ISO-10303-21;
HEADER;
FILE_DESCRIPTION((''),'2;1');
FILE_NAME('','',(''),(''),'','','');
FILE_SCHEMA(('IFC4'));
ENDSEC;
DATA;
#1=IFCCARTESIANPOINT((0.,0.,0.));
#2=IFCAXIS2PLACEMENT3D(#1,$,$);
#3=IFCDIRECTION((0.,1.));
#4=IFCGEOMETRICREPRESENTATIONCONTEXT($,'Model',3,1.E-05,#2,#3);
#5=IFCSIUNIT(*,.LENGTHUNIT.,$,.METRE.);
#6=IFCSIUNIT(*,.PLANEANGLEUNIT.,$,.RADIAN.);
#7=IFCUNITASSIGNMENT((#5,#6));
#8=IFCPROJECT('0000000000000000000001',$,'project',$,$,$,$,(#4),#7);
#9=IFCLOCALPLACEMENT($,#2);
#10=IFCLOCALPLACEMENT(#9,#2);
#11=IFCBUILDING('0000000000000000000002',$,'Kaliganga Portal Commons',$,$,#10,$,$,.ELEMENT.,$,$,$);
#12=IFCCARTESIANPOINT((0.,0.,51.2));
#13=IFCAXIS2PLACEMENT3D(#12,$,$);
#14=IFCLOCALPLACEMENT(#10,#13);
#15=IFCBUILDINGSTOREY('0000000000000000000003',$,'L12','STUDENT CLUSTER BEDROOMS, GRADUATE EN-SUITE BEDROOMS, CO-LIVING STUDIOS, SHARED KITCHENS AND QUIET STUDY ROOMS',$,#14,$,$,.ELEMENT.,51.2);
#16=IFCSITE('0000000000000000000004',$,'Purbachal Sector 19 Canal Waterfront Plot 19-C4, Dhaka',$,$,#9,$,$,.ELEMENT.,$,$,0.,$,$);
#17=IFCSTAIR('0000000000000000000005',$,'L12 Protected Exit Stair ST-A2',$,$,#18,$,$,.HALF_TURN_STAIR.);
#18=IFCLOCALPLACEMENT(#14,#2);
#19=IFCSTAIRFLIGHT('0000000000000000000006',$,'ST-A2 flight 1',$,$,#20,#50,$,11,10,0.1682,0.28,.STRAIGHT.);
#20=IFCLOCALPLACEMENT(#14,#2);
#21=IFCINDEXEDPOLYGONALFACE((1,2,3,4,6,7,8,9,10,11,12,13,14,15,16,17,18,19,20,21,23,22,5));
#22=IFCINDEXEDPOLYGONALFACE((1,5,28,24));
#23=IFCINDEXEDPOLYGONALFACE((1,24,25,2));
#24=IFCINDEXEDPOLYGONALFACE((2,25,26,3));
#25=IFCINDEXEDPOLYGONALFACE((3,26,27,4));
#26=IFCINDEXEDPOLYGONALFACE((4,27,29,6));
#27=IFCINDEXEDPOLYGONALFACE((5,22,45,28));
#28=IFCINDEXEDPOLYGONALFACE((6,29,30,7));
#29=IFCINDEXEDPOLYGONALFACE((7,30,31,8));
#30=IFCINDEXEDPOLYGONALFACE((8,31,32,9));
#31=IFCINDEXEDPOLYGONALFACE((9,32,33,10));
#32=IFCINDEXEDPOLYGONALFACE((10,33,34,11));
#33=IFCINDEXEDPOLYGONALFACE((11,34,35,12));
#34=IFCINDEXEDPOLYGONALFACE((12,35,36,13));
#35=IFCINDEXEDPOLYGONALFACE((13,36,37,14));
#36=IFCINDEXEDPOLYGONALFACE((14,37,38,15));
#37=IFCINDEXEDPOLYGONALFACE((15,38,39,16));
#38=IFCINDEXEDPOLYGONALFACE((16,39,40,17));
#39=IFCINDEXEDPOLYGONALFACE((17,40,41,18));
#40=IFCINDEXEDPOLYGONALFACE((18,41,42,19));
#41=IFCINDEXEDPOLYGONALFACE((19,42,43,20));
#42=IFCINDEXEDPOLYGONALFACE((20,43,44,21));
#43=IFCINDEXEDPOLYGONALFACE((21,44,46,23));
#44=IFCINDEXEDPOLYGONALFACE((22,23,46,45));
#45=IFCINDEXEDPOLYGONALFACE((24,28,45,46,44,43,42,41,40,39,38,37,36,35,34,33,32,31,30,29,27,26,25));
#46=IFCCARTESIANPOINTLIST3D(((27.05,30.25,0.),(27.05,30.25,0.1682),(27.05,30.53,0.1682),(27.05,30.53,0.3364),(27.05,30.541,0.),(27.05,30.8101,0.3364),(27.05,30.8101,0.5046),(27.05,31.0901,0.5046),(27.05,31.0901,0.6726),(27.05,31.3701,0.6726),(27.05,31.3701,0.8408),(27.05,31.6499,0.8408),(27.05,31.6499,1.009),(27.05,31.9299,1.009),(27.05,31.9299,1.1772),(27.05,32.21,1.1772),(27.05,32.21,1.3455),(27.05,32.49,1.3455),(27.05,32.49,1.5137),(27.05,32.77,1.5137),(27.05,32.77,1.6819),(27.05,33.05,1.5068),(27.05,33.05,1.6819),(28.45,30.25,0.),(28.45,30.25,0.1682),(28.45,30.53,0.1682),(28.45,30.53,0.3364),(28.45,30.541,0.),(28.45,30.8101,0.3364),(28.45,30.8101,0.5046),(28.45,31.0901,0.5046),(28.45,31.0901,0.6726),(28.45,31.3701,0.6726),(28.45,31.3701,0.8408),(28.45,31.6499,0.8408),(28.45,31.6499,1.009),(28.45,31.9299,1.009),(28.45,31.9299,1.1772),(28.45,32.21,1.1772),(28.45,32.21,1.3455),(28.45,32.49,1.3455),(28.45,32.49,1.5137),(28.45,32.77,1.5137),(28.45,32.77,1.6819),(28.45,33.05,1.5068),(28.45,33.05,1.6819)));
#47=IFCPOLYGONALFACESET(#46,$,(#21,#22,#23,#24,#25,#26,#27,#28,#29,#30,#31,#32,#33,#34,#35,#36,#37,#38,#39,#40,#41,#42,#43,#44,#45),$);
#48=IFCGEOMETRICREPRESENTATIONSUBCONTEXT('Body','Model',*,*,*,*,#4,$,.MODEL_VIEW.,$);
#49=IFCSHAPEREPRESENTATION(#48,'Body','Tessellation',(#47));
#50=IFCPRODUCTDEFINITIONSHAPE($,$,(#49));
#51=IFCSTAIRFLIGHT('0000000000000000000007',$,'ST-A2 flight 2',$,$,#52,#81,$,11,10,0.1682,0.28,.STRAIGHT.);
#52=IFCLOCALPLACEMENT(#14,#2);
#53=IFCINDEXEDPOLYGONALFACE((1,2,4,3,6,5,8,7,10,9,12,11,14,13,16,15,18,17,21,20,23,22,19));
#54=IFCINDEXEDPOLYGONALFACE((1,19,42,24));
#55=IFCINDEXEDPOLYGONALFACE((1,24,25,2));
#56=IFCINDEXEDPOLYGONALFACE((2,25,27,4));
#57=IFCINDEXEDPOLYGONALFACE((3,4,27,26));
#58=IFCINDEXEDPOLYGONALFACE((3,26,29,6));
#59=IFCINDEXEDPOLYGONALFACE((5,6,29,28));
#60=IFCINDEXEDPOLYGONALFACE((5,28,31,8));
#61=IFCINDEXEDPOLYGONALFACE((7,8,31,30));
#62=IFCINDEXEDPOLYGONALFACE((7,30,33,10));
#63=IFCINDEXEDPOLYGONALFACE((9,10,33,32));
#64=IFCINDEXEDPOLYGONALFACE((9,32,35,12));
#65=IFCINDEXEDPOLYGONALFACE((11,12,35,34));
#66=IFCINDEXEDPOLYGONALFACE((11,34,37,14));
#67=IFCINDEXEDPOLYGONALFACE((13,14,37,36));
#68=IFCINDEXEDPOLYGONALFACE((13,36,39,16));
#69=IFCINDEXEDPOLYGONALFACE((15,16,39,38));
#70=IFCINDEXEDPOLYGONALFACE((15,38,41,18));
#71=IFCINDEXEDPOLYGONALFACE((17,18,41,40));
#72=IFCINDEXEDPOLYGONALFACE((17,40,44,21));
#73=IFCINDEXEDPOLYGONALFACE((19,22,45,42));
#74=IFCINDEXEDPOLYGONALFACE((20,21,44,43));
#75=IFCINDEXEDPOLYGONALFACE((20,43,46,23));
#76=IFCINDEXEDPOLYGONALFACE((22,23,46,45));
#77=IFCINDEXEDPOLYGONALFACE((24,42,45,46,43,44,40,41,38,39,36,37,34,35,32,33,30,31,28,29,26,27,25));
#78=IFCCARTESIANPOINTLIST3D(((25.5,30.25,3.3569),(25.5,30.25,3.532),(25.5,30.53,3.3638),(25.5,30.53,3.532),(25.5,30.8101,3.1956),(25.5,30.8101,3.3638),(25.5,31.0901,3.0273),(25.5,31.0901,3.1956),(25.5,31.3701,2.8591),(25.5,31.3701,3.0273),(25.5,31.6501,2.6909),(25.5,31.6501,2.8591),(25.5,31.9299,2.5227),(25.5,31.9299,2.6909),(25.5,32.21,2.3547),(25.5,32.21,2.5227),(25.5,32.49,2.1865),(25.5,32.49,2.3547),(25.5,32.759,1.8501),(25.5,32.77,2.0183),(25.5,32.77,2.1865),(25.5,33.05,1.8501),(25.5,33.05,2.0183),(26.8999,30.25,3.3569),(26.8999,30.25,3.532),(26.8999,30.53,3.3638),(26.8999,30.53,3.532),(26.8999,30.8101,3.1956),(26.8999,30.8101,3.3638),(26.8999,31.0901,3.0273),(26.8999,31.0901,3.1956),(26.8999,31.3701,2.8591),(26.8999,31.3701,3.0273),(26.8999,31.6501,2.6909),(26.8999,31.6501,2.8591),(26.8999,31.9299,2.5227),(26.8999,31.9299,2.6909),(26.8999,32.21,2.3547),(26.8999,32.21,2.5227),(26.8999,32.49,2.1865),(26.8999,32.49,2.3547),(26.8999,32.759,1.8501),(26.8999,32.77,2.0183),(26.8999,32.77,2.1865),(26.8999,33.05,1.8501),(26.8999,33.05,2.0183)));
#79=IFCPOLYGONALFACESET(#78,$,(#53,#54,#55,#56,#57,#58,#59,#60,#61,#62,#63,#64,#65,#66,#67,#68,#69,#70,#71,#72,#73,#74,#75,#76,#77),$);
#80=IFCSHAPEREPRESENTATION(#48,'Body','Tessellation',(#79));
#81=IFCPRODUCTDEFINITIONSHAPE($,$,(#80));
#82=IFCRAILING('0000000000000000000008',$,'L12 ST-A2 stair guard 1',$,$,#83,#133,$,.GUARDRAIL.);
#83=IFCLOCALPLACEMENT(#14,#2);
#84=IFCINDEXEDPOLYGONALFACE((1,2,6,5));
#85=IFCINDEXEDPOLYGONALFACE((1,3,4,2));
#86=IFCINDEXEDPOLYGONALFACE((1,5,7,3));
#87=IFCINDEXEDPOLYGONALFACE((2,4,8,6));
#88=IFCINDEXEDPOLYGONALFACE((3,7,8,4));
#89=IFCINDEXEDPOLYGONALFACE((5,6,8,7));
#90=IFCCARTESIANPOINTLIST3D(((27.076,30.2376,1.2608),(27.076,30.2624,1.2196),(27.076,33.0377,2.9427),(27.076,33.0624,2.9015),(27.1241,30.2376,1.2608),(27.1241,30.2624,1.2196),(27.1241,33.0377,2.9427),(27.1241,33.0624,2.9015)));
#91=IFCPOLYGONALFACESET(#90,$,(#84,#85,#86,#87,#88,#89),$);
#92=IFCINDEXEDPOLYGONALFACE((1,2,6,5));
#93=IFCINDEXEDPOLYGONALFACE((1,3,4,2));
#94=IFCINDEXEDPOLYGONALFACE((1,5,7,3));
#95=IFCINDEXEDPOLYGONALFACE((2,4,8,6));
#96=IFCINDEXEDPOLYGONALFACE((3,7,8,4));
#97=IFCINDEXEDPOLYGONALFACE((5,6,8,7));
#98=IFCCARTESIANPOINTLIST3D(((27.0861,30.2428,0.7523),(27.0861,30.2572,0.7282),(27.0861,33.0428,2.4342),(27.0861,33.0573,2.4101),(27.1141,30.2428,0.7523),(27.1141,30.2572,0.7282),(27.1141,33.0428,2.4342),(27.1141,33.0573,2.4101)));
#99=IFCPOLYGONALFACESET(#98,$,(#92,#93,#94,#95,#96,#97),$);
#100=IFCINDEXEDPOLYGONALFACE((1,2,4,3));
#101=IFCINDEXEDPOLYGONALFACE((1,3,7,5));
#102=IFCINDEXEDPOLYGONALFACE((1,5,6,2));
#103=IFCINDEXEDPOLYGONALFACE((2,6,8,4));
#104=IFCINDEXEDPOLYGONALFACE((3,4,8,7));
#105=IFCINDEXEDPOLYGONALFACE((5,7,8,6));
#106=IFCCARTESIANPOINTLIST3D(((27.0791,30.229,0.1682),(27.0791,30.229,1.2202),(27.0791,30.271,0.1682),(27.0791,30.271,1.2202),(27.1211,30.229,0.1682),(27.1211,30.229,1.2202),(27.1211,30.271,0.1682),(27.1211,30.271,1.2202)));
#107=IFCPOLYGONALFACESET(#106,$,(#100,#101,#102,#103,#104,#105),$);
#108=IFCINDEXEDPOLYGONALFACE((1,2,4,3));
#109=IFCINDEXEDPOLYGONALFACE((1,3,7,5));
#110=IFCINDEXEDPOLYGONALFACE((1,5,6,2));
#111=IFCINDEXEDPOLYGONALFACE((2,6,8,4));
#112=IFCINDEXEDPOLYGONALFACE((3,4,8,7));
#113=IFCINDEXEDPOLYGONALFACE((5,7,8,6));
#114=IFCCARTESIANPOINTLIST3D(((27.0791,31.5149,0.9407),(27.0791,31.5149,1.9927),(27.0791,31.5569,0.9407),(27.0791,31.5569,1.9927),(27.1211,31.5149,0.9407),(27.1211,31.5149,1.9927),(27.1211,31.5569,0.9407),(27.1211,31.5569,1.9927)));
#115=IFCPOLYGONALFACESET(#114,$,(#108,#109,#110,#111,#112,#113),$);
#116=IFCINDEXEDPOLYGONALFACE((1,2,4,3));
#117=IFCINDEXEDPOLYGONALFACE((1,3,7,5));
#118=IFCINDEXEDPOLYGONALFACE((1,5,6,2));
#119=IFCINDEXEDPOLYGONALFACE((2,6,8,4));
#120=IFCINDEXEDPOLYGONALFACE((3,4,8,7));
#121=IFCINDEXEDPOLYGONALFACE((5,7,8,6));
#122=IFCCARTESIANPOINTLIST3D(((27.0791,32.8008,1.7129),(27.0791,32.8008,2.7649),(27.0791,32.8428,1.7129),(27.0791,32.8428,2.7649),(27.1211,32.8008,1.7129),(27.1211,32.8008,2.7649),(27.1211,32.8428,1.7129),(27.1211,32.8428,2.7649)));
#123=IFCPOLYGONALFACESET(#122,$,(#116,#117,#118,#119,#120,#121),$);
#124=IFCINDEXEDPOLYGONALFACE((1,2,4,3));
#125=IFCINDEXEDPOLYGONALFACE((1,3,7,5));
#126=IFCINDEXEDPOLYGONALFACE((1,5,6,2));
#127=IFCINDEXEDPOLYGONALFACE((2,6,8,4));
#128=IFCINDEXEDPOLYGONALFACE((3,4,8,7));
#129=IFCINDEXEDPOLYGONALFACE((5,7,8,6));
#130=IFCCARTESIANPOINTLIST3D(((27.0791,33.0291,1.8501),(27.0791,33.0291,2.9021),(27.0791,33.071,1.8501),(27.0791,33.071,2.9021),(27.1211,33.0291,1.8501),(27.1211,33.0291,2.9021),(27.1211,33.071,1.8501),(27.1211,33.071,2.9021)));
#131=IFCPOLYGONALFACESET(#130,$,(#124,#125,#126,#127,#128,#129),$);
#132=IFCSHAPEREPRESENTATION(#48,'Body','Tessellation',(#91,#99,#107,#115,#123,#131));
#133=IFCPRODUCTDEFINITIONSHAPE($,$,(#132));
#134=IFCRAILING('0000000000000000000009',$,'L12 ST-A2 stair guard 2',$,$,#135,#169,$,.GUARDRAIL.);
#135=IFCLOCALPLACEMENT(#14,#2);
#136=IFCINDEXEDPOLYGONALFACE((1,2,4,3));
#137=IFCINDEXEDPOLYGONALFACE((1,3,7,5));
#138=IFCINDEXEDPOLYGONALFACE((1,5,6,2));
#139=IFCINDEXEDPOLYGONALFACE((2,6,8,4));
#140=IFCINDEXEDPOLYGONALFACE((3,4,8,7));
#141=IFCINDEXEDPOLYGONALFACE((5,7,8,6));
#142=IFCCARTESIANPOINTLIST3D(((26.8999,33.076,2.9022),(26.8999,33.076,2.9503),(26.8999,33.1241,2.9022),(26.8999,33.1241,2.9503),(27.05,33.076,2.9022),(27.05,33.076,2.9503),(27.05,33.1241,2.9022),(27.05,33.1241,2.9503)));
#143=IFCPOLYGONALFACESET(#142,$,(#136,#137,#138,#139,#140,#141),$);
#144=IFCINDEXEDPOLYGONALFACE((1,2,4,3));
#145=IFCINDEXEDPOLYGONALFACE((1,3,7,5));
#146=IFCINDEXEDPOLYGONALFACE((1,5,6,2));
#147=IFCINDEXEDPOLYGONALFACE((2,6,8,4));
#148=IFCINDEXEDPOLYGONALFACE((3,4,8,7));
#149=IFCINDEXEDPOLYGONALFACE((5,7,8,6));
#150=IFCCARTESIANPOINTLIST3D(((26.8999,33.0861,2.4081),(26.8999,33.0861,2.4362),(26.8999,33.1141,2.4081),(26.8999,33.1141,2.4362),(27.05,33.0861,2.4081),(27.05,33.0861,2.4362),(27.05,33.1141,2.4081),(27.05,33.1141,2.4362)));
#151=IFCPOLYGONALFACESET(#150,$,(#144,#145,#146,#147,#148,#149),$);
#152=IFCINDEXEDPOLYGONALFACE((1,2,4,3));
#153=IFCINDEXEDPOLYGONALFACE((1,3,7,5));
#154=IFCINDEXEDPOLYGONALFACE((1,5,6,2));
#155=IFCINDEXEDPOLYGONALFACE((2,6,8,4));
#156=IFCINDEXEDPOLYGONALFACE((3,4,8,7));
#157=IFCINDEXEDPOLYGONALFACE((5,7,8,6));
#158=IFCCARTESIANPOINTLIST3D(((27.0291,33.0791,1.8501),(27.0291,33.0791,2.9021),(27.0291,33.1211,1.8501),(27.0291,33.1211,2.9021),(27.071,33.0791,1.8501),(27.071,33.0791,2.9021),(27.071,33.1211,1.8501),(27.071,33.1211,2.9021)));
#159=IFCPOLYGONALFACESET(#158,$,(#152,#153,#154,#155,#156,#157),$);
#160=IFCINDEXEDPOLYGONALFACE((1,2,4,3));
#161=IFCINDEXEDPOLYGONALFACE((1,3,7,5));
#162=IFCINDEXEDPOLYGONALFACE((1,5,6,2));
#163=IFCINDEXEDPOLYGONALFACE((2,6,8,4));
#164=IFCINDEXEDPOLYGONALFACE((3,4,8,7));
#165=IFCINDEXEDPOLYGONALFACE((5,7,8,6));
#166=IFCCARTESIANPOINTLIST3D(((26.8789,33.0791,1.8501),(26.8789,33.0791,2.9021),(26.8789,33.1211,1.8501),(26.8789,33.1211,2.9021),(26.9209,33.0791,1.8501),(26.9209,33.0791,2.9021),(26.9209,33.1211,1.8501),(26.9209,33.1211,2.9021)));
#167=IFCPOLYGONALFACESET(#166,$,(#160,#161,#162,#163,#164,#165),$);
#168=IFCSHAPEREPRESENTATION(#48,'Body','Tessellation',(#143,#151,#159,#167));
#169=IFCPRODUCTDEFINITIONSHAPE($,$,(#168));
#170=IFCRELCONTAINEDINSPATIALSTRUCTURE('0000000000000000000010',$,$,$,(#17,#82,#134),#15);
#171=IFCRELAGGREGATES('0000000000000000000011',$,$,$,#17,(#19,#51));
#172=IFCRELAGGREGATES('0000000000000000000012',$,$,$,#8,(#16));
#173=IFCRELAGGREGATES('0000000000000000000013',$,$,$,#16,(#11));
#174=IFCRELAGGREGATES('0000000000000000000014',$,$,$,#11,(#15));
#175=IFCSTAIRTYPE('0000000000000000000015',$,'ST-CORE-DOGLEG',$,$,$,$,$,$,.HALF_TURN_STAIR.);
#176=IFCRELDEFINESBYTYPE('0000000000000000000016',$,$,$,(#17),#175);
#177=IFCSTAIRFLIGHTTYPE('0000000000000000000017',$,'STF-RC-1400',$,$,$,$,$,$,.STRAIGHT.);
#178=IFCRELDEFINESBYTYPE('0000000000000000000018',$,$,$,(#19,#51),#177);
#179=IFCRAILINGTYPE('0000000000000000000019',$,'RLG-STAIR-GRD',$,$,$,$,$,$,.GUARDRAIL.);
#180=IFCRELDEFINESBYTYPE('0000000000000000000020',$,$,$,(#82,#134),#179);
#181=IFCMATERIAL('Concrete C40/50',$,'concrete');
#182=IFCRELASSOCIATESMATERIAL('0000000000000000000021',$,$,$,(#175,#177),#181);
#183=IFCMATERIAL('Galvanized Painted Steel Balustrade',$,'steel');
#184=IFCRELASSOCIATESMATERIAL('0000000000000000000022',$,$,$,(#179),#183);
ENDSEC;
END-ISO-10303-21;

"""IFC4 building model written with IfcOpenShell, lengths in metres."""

from ifc_helpers import new_model, si_unit, direction, frame, origin, origin_2d, place, context, subcontext, project, spatial, polyline, rectangle, outline, extrude, material, type_object, element, aggregate, save


model = new_model("IFC4")

# Units and contexts
model_context = context("Model", 3, precision=1e-05, world=origin(), true_north=direction((0.0, 1.0)))
body_context = subcontext(model_context, "Body", "Model", "MODEL_VIEW")
ifc_project = project(units=[si_unit("LENGTHUNIT", "METRE"), si_unit("PLANEANGLEUNIT", "RADIAN")], contexts=[model_context])

# Site, building, storey
site_placement = place(None, origin())
site = spatial("IfcSite", under=ifc_project, at=site_placement, Name="Purbachal Sector 19 Canal Waterfront Plot 19-C4, Dhaka", CompositionType="ELEMENT", RefElevation=0.0)
building_placement = place(site_placement, origin())
building = spatial("IfcBuilding", under=site, at=building_placement, Name="Kaliganga Portal Commons", CompositionType="ELEMENT")
storey_placement = place(building_placement, frame((0.0, 0.0, 51.2)))
storey = spatial("IfcBuildingStorey", under=building, at=storey_placement, Name="L12", Description="STUDENT CLUSTER BEDROOMS, GRADUATE EN-SUITE BEDROOMS, CO-LIVING STUDIOS, SHARED KITCHENS AND QUIET STUDY ROOMS", CompositionType="ELEMENT", Elevation=51.2)

# Stair, stair flights
ifc_material_1 = material(Name="Concrete C40/50", Category="concrete")
stair_type = type_object("IfcStairType", Name="ST-CORE-DOGLEG", PredefinedType="HALF_TURN_STAIR", material=ifc_material_1)
stair_placement = place(storey_placement, origin())
stair = element("IfcStair", 1, at=stair_placement, inside=storey, type_object=stair_type, Name="L12 Protected Exit Stair ST-A2", PredefinedType="HALF_TURN_STAIR")
stair_flight_type = type_object("IfcStairFlightType", Name="STF-RC-1400", PredefinedType="STRAIGHT", material=ifc_material_1)
stair_flight_1_placement = place(storey_placement, frame((27.75, 30.25, 0.0), z_axis=(0.0, 0.0, 1.0), x_axis=(0.0, 1.0, 0.0)))
stair_flight_1 = element("IfcStairFlight", 2, at=stair_flight_1_placement, type_object=stair_flight_type, Name="ST-A2 flight 1", NumberOfRisers=11, NumberOfTreads=10, PredefinedType="STRAIGHT", RiserHeight=0.1682, TreadLength=0.28, context=body_context, shape_type="SweptSolid", body=[
    extrude(outline(polyline([(0.0, 0.0), (0.0, 0.1682), (0.28, 0.1682), (0.28, 0.3364), (0.5601, 0.3364), (0.5601, 0.5046), (0.8401, 0.5046), (0.8401, 0.6726), (1.1201, 0.6726), (1.1201, 0.8408), (1.3999, 0.8408), (1.3999, 1.009), (1.6799, 1.009), (1.6799, 1.1772), (1.96, 1.1772), (1.96, 1.3455), (2.24, 1.3455), (2.24, 1.5137), (2.52, 1.5137), (2.52, 1.6819), (2.8, 1.6819), (2.8, 1.8501), (2.8, 1.5068), (0.291, 0.0), (0.0, 0.0)])), frame((0.0, 0.7, 0.0), z_axis=(0.0, -1.0, 0.0), x_axis=(1.0, 0.0, 0.0)), (0.0, 0.0, 1.0), 1.3999),
])
stair_flight_2_placement = place(storey_placement, frame((26.2, 33.05, 1.8501), z_axis=(0.0, 0.0, 1.0), x_axis=(0.0, -1.0, 0.0)))
stair_flight_2 = element("IfcStairFlight", 3, at=stair_flight_2_placement, type_object=stair_flight_type, Name="ST-A2 flight 2", NumberOfRisers=11, NumberOfTreads=10, PredefinedType="STRAIGHT", RiserHeight=0.1682, TreadLength=0.28, context=body_context, shape_type="SweptSolid", body=[
    extrude(outline(polyline([(0.0, 0.0), (0.0, 0.1682), (0.28, 0.1682), (0.28, 0.3364), (0.5601, 0.3364), (0.5601, 0.5046), (0.8401, 0.5046), (0.8401, 0.6726), (1.1201, 0.6726), (1.1201, 0.8408), (1.3999, 0.8408), (1.3999, 1.009), (1.6799, 1.009), (1.6799, 1.1772), (1.96, 1.1772), (1.96, 1.3455), (2.24, 1.3455), (2.24, 1.5137), (2.52, 1.5137), (2.52, 1.6819), (2.8, 1.6819), (2.8, 1.8501), (2.8, 1.5068), (0.291, 0.0), (0.0, 0.0)])), frame((0.0, 0.7, 0.0), z_axis=(0.0, -1.0, 0.0), x_axis=(1.0, 0.0, 0.0)), (0.0, 0.0, 1.0), 1.3999),
])
aggregate(stair, [stair_flight_1, stair_flight_2])

# Railings
ifc_material_2 = material(Name="Galvanized Painted Steel Balustrade", Category="steel")
railing_type_1 = type_object("IfcRailingType", Name="RLG-STAIR-GRD", PredefinedType="GUARDRAIL", material=ifc_material_2)
railing_1_placement = place(storey_placement, frame((27.1001, 30.25, 0.1682)))
element("IfcRailing", 4, at=railing_1_placement, inside=storey, type_object=railing_type_1, Name="L12 ST-A2 stair guard 1", PredefinedType="GUARDRAIL", context=body_context, shape_type="SweptSolid", body=[
    extrude(rectangle(XDim=0.0481, YDim=0.0481, at=origin_2d()), frame((0.0, 0.0, 1.072), z_axis=(0.0, 0.857242, 0.514913), x_axis=(-1.0, 0.0, 0.0)), (0.0, 0.0, 1.0), 3.2664),
    extrude(rectangle(XDim=0.0281, YDim=0.0281, at=origin_2d()), frame((0.0, 0.0, 0.572), z_axis=(0.0, 0.857242, 0.514913), x_axis=(-1.0, 0.0, 0.0)), (0.0, 0.0, 1.0), 3.2664),
    extrude(rectangle(XDim=0.042, YDim=0.042, at=origin_2d()), origin(), (0.0, 0.0, 1.0), 1.052),
    extrude(rectangle(XDim=0.042, YDim=0.042, at=origin_2d()), frame((0.0, 1.2859, 0.7725)), (0.0, 0.0, 1.0), 1.052),
    extrude(rectangle(XDim=0.042, YDim=0.042, at=origin_2d()), frame((0.0, 2.5718, 1.5447)), (0.0, 0.0, 1.0), 1.052),
    extrude(rectangle(XDim=0.042, YDim=0.042, at=origin_2d()), frame((0.0, 2.8, 1.6819)), (0.0, 0.0, 1.0), 1.052),
])
railing_2_placement = place(storey_placement, frame((27.05, 33.1001, 1.8501)))
element("IfcRailing", 5, at=railing_2_placement, inside=storey, type_object=railing_type_1, Name="L12 ST-A2 stair guard 2", PredefinedType="GUARDRAIL", context=body_context, shape_type="SweptSolid", body=[
    extrude(rectangle(XDim=0.0481, YDim=0.0481, at=origin_2d()), frame((0.0, 0.0, 1.0762), z_axis=(-1.0, 0.0, 0.0), x_axis=(0.0, -1.0, 0.0)), (0.0, 0.0, 1.0), 0.1501),
    extrude(rectangle(XDim=0.0281, YDim=0.0281, at=origin_2d()), frame((0.0, 0.0, 0.572), z_axis=(-1.0, 0.0, 0.0), x_axis=(0.0, -1.0, 0.0)), (0.0, 0.0, 1.0), 0.1501),
    extrude(rectangle(XDim=0.042, YDim=0.042, at=origin_2d()), origin(), (0.0, 0.0, 1.0), 1.052),
    extrude(rectangle(XDim=0.042, YDim=0.042, at=origin_2d()), frame((-0.1501, 0.0, 0.0)), (0.0, 0.0, 1.0), 1.052),
])

save(model, "model.ifc")
